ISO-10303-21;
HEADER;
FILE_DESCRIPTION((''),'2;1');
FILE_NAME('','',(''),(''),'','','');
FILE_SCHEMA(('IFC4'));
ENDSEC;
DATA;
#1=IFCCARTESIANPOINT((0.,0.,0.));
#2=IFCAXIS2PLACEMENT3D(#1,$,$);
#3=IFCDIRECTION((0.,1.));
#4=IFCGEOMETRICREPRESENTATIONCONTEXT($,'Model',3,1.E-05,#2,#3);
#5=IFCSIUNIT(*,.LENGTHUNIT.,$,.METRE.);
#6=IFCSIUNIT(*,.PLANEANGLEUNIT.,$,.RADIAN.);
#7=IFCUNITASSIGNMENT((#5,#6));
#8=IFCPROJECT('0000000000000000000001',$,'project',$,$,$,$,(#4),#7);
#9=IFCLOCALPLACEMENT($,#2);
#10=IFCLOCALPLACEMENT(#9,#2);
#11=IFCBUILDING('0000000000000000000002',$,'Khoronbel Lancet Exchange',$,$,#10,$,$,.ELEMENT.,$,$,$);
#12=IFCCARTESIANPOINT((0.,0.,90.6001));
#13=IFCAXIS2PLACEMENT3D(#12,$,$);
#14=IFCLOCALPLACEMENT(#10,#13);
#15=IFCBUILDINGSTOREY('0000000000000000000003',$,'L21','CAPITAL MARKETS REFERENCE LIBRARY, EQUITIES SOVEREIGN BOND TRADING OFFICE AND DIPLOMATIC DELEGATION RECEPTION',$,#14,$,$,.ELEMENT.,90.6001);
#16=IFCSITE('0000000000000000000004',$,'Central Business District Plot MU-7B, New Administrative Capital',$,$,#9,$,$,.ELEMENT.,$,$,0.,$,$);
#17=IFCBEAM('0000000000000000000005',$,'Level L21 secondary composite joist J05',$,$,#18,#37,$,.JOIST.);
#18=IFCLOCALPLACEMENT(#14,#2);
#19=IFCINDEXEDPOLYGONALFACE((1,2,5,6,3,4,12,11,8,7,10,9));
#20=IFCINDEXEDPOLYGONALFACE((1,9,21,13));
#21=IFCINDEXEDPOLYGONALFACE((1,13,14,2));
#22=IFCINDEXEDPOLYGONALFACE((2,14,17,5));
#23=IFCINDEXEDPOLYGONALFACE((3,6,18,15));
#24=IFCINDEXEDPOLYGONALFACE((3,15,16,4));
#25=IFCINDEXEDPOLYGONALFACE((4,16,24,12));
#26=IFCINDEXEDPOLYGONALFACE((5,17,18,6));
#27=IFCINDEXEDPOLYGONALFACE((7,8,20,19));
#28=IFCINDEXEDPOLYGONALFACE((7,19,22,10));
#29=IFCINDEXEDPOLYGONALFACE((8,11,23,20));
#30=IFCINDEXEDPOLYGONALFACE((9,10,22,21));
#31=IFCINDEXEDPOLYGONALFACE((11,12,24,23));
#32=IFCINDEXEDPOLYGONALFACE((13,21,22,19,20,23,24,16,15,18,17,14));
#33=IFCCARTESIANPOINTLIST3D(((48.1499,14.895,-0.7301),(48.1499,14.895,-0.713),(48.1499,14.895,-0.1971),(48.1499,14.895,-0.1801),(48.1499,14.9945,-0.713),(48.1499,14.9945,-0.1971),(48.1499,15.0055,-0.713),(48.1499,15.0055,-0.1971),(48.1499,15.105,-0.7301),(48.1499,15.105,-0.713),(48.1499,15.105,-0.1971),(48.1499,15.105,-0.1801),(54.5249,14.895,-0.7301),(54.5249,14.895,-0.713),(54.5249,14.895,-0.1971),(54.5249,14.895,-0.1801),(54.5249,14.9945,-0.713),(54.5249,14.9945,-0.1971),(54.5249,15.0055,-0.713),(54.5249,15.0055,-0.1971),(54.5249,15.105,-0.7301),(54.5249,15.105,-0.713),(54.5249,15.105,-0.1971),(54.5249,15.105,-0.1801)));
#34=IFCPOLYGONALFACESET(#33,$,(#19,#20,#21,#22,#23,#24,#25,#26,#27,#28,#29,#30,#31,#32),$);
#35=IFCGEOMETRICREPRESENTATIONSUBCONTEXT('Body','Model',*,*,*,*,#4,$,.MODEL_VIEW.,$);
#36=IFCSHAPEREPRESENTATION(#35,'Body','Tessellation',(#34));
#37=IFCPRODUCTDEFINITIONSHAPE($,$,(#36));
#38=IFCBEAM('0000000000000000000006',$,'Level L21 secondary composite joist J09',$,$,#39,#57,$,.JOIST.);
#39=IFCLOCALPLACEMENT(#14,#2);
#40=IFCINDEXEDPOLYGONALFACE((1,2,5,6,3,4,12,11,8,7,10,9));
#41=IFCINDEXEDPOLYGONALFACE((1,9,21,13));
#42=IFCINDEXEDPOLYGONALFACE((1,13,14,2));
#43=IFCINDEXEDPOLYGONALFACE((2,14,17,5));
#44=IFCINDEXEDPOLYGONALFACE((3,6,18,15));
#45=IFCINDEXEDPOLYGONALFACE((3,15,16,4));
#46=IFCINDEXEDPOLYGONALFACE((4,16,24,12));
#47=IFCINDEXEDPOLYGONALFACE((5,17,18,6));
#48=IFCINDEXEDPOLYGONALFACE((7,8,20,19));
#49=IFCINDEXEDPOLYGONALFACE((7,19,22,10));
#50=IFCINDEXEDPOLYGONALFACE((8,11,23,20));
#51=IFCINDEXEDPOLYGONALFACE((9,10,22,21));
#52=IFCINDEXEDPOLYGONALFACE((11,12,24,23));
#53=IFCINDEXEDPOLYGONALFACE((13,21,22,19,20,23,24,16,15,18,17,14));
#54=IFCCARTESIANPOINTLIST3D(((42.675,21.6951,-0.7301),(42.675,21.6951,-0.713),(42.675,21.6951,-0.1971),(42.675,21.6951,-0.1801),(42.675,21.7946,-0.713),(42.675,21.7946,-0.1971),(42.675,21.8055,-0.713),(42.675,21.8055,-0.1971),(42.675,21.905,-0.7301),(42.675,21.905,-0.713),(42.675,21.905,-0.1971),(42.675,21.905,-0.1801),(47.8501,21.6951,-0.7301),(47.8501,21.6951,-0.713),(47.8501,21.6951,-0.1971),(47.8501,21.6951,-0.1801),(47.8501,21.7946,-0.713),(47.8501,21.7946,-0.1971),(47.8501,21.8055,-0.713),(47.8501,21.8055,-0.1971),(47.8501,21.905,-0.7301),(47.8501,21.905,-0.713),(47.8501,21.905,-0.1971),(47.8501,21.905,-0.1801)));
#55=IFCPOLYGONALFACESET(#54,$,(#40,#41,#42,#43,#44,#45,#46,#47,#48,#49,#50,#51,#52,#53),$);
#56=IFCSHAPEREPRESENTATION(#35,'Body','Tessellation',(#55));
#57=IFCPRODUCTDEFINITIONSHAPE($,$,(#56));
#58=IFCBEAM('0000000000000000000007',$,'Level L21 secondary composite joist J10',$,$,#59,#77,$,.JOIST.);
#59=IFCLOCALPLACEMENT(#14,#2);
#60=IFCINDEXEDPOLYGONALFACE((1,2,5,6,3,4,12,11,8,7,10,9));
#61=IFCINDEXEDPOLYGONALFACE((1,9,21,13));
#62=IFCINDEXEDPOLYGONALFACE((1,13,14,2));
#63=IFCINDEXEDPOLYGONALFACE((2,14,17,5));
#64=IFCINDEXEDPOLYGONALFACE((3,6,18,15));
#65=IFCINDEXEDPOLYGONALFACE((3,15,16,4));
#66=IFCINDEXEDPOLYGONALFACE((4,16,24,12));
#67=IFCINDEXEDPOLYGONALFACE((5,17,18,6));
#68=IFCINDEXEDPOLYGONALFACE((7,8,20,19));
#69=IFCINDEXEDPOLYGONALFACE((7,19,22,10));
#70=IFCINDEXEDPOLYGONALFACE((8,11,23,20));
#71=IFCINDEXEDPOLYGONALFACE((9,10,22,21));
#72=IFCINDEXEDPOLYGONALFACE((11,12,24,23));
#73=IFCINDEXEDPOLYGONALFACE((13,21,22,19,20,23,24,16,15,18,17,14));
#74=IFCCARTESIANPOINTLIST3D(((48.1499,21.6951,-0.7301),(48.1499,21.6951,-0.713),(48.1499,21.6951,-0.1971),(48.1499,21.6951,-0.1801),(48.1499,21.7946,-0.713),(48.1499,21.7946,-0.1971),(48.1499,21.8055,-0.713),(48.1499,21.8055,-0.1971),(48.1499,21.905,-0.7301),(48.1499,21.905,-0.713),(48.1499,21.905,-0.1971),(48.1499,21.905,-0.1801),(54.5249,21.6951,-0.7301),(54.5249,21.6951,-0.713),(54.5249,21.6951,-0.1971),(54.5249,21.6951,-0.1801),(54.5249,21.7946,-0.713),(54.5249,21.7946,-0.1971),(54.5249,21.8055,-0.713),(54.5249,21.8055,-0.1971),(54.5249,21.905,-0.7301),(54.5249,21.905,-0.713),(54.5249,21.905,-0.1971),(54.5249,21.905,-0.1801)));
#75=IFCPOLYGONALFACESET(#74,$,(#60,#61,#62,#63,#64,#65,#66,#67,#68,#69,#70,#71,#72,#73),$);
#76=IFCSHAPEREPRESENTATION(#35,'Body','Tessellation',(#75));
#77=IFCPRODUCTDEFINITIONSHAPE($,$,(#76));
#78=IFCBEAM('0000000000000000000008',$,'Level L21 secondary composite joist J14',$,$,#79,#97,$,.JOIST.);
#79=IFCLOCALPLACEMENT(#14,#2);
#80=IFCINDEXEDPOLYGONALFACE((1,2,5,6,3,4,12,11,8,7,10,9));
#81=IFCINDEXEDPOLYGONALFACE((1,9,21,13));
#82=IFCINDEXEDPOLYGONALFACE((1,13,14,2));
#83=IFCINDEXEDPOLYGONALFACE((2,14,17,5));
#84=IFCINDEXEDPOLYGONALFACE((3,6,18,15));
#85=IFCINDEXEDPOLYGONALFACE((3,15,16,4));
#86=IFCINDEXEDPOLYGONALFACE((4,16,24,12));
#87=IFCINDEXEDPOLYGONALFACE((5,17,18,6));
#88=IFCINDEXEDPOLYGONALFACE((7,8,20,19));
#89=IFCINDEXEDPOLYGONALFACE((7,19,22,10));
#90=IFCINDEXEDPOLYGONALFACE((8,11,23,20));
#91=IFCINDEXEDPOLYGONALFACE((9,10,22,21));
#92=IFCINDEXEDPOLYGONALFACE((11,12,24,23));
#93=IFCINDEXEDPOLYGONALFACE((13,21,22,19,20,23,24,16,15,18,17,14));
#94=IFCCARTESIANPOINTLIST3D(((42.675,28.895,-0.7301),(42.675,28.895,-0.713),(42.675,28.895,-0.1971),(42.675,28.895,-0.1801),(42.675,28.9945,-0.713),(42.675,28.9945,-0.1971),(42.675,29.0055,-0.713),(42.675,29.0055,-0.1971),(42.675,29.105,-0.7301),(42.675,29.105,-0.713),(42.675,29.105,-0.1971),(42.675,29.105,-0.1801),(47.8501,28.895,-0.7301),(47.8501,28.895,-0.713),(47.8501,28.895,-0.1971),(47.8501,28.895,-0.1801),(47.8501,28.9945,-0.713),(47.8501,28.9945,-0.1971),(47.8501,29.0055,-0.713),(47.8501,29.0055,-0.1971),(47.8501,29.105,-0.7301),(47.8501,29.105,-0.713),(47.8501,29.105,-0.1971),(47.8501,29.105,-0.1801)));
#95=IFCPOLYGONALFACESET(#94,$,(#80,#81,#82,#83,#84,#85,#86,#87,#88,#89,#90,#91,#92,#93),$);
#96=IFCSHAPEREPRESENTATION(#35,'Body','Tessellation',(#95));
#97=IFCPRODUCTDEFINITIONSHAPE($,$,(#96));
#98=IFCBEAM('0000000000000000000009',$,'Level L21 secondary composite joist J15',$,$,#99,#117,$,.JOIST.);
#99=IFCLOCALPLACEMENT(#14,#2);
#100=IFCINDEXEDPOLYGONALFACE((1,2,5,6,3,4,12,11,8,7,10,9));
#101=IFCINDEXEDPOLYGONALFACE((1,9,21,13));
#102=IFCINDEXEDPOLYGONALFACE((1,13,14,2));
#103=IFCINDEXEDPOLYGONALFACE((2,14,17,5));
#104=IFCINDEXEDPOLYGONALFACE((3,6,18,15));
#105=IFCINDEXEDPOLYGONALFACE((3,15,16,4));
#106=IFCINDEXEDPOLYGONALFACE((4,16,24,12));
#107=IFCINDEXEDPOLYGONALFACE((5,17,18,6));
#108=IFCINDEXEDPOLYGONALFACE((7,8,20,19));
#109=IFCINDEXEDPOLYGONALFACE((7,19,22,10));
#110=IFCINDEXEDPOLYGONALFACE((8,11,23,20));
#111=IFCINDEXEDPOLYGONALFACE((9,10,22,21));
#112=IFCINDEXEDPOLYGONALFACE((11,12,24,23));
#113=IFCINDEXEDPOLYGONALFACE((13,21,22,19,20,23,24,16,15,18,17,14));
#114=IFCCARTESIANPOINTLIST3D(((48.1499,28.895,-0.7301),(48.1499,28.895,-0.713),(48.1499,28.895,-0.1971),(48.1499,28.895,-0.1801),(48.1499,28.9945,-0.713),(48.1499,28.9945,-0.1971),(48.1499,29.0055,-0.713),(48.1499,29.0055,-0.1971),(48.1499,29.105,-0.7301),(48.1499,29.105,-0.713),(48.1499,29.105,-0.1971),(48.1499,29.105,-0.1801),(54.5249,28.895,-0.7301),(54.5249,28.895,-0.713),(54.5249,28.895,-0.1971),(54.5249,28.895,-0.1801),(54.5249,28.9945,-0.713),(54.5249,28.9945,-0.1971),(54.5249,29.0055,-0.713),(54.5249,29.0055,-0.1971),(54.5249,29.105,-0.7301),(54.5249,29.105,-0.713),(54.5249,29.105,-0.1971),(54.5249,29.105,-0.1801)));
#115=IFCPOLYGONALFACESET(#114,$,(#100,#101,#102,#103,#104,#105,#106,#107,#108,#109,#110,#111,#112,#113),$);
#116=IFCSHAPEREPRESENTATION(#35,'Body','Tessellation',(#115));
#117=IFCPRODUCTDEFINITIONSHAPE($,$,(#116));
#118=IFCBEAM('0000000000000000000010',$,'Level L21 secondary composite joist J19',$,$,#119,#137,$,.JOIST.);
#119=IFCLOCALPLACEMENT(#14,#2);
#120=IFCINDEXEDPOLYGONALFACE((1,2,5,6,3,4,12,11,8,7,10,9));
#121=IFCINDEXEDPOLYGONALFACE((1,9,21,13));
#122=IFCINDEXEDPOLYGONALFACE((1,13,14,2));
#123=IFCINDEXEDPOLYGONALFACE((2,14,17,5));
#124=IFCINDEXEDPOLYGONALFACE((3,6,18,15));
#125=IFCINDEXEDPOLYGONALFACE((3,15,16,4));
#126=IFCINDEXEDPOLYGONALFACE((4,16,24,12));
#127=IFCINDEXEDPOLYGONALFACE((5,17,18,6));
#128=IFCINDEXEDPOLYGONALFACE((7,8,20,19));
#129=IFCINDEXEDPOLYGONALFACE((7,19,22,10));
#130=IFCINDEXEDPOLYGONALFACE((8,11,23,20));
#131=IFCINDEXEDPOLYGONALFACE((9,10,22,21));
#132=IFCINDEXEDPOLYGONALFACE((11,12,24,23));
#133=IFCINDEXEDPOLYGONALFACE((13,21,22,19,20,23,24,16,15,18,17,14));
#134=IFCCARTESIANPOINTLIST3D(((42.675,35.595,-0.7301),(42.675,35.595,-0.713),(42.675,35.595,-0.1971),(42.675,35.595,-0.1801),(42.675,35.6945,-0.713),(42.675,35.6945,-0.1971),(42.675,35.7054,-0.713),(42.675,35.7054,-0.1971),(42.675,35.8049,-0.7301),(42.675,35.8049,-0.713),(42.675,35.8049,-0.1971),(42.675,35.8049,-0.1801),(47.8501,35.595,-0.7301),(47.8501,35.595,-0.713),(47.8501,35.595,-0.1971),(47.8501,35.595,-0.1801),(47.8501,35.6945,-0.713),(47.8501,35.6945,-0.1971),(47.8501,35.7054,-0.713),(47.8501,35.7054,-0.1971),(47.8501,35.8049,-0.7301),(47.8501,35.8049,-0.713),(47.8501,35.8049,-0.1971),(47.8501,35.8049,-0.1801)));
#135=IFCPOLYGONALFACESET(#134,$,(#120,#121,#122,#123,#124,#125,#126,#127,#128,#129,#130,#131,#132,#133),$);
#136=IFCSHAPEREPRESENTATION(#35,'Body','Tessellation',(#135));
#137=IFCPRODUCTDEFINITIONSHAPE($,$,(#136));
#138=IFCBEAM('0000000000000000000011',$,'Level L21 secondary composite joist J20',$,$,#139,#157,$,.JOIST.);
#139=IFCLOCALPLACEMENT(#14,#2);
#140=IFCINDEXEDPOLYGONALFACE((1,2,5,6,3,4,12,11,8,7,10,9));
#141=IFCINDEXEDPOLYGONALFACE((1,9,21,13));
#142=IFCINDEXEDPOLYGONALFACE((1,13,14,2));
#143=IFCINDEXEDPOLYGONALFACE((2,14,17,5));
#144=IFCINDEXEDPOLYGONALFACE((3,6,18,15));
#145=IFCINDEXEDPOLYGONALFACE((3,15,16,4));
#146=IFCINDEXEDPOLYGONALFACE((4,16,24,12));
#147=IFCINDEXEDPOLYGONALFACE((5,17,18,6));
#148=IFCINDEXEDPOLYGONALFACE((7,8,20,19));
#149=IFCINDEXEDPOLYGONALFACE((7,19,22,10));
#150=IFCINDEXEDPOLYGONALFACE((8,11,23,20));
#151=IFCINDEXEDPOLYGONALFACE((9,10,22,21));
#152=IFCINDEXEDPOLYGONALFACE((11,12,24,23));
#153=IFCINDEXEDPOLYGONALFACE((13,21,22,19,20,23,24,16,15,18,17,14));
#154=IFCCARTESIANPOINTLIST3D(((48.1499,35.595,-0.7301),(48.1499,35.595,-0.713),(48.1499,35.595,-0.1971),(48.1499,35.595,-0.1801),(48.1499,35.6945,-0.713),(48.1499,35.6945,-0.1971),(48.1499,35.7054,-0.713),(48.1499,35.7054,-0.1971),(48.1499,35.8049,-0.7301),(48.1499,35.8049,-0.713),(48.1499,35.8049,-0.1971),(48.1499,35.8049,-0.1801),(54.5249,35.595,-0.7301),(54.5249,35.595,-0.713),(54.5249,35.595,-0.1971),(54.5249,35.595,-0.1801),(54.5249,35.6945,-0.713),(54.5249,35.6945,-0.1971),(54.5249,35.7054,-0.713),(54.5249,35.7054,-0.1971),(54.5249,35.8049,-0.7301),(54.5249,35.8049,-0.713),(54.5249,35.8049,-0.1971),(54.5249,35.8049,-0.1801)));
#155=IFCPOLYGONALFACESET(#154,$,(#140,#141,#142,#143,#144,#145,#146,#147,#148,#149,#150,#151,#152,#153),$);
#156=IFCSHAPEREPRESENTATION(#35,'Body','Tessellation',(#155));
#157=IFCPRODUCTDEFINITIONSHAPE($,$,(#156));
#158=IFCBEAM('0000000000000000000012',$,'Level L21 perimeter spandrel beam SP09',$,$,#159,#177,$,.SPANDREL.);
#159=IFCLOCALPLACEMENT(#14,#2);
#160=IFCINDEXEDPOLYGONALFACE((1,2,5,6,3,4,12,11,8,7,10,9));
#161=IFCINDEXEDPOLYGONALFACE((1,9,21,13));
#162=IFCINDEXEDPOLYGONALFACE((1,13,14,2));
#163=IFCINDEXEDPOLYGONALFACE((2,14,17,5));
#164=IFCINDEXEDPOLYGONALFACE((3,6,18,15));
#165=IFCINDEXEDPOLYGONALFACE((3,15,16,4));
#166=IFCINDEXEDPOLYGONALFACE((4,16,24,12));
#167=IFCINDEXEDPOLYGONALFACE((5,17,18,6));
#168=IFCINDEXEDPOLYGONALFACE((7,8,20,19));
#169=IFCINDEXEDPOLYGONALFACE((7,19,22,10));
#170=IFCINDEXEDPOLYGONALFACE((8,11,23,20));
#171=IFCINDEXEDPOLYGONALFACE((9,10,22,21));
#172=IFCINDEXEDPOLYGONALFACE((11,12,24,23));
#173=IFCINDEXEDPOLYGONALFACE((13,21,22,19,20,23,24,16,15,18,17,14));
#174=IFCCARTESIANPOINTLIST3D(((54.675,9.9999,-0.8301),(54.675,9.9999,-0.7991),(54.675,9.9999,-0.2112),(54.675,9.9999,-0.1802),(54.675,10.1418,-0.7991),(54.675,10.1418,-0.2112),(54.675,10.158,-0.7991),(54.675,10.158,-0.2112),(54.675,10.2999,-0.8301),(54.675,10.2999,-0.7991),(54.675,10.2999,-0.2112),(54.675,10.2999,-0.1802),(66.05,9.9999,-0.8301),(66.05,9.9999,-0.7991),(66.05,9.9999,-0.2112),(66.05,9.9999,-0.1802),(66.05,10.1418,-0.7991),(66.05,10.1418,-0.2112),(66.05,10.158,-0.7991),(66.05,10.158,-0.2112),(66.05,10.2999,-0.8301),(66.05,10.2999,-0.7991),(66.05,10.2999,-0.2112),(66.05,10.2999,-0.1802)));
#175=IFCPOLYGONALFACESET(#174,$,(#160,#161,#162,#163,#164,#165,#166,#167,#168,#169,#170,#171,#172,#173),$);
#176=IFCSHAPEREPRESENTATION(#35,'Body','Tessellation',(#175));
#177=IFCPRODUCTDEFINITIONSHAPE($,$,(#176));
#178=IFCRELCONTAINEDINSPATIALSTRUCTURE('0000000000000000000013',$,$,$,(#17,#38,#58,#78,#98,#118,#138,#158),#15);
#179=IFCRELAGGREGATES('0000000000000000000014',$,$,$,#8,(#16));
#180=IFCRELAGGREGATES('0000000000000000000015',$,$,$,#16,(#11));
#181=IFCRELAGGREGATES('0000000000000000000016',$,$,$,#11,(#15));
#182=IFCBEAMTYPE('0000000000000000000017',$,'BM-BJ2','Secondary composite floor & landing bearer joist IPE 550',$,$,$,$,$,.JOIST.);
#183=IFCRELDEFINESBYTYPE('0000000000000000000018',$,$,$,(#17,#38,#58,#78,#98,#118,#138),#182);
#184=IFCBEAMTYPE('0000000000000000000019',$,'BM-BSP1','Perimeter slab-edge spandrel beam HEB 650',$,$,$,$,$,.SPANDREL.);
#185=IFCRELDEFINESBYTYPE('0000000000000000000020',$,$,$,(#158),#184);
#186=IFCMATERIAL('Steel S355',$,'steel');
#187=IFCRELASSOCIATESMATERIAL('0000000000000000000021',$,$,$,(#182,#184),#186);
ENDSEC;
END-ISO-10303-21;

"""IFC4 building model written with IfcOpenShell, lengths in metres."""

from ifc_helpers import new_model, si_unit, direction, frame, origin, origin_2d, place, context, subcontext, project, spatial, i_section, extrude, material, material_profile, profile_set, type_object, element, save


model = new_model("IFC4")

# Units and contexts
model_context = context("Model", 3, precision=1e-05, world=origin(), true_north=direction((0.0, 1.0)))
body_context = subcontext(model_context, "Body", "Model", "MODEL_VIEW")
ifc_project = project(units=[si_unit("LENGTHUNIT", "METRE"), si_unit("PLANEANGLEUNIT", "RADIAN")], contexts=[model_context])

# Site, building, storey
site_placement = place(None, origin())
site = spatial("IfcSite", under=ifc_project, at=site_placement, Name="Central Business District Plot MU-7B, New Administrative Capital", CompositionType="ELEMENT", RefElevation=0.0)
building_placement = place(site_placement, origin())
building = spatial("IfcBuilding", under=site, at=building_placement, Name="Khoronbel Lancet Exchange", CompositionType="ELEMENT")
storey_placement = place(building_placement, frame((0.0, 0.0, 90.6001)))
storey = spatial("IfcBuildingStorey", under=building, at=storey_placement, Name="L21", Description="CAPITAL MARKETS REFERENCE LIBRARY, EQUITIES SOVEREIGN BOND TRADING OFFICE AND DIPLOMATIC DELEGATION RECEPTION", CompositionType="ELEMENT", Elevation=90.6001)

# Beams
ifc_material_1 = material(Name="Steel S355", Category="steel")
ifc_material_profile_1 = material_profile(ifc_material_1, i_section(OverallWidth=0.21, OverallDepth=0.55, WebThickness=0.011, FlangeThickness=0.0171, at=origin_2d()), Name="IPE 550")
ifc_profile_set_1 = profile_set([ifc_material_profile_1], Name="Steel S355")
beam_type_1 = type_object("IfcBeamType", Name="BM-BJ2", Description="Secondary composite floor & landing bearer joist IPE 550", PredefinedType="JOIST", material=ifc_profile_set_1)
beam_1_placement = place(storey_placement, frame((48.1499, 15.0, -0.4551), z_axis=(1.0, 0.0, 0.0), x_axis=(0.0, 1.0, 0.0)))
element("IfcBeam", 1, at=beam_1_placement, inside=storey, type_object=beam_type_1, Name="Level L21 secondary composite joist J05", PredefinedType="JOIST", context=body_context, shape_type="SweptSolid", body=[
    extrude(i_section(OverallWidth=0.21, OverallDepth=0.55, WebThickness=0.011, FlangeThickness=0.0171, at=origin_2d()), origin(), (0.0, 0.0, 1.0), 6.375),
])
beam_2_placement = place(storey_placement, frame((42.675, 21.8, -0.4551), z_axis=(1.0, 0.0, 0.0), x_axis=(0.0, 1.0, 0.0)))
element("IfcBeam", 2, at=beam_2_placement, inside=storey, type_object=beam_type_1, Name="Level L21 secondary composite joist J09", PredefinedType="JOIST", context=body_context, shape_type="SweptSolid", body=[
    extrude(i_section(OverallWidth=0.21, OverallDepth=0.55, WebThickness=0.011, FlangeThickness=0.0171, at=origin_2d()), origin(), (0.0, 0.0, 1.0), 5.175),
])
beam_3_placement = place(storey_placement, frame((48.1499, 21.8, -0.4551), z_axis=(1.0, 0.0, 0.0), x_axis=(0.0, 1.0, 0.0)))
element("IfcBeam", 3, at=beam_3_placement, inside=storey, type_object=beam_type_1, Name="Level L21 secondary composite joist J10", PredefinedType="JOIST", context=body_context, shape_type="SweptSolid", body=[
    extrude(i_section(OverallWidth=0.21, OverallDepth=0.55, WebThickness=0.011, FlangeThickness=0.0171, at=origin_2d()), origin(), (0.0, 0.0, 1.0), 6.375),
])
beam_4_placement = place(storey_placement, frame((42.675, 29.0, -0.4551), z_axis=(1.0, 0.0, 0.0), x_axis=(0.0, 1.0, 0.0)))
element("IfcBeam", 4, at=beam_4_placement, inside=storey, type_object=beam_type_1, Name="Level L21 secondary composite joist J14", PredefinedType="JOIST", context=body_context, shape_type="SweptSolid", body=[
    extrude(i_section(OverallWidth=0.21, OverallDepth=0.55, WebThickness=0.011, FlangeThickness=0.0171, at=origin_2d()), origin(), (0.0, 0.0, 1.0), 5.175),
])
beam_5_placement = place(storey_placement, frame((48.1499, 29.0, -0.4551), z_axis=(1.0, 0.0, 0.0), x_axis=(0.0, 1.0, 0.0)))
element("IfcBeam", 5, at=beam_5_placement, inside=storey, type_object=beam_type_1, Name="Level L21 secondary composite joist J15", PredefinedType="JOIST", context=body_context, shape_type="SweptSolid", body=[
    extrude(i_section(OverallWidth=0.21, OverallDepth=0.55, WebThickness=0.011, FlangeThickness=0.0171, at=origin_2d()), origin(), (0.0, 0.0, 1.0), 6.375),
])
beam_6_placement = place(storey_placement, frame((42.675, 35.7, -0.4551), z_axis=(1.0, 0.0, 0.0), x_axis=(0.0, 1.0, 0.0)))
element("IfcBeam", 6, at=beam_6_placement, inside=storey, type_object=beam_type_1, Name="Level L21 secondary composite joist J19", PredefinedType="JOIST", context=body_context, shape_type="SweptSolid", body=[
    extrude(i_section(OverallWidth=0.21, OverallDepth=0.55, WebThickness=0.011, FlangeThickness=0.0171, at=origin_2d()), origin(), (0.0, 0.0, 1.0), 5.175),
])
beam_7_placement = place(storey_placement, frame((48.1499, 35.7, -0.4551), z_axis=(1.0, 0.0, 0.0), x_axis=(0.0, 1.0, 0.0)))
element("IfcBeam", 7, at=beam_7_placement, inside=storey, type_object=beam_type_1, Name="Level L21 secondary composite joist J20", PredefinedType="JOIST", context=body_context, shape_type="SweptSolid", body=[
    extrude(i_section(OverallWidth=0.21, OverallDepth=0.55, WebThickness=0.011, FlangeThickness=0.0171, at=origin_2d()), origin(), (0.0, 0.0, 1.0), 6.375),
])
ifc_material_profile_2 = material_profile(ifc_material_1, i_section(OverallWidth=0.3, OverallDepth=0.6499, WebThickness=0.0161, FlangeThickness=0.031, at=origin_2d()), Name="HEB 650")
ifc_profile_set_2 = profile_set([ifc_material_profile_2], Name="Steel S355")
beam_type_2 = type_object("IfcBeamType", Name="BM-BSP1", Description="Perimeter slab-edge spandrel beam HEB 650", PredefinedType="SPANDREL", material=ifc_profile_set_2)
beam_8_placement = place(storey_placement, frame((54.675, 10.1499, -0.5051), z_axis=(1.0, 0.0, 0.0), x_axis=(0.0, 1.0, 0.0)))
element("IfcBeam", 8, at=beam_8_placement, inside=storey, type_object=beam_type_2, Name="Level L21 perimeter spandrel beam SP09", PredefinedType="SPANDREL", context=body_context, shape_type="SweptSolid", body=[
    extrude(i_section(OverallWidth=0.3, OverallDepth=0.6499, WebThickness=0.0161, FlangeThickness=0.031, at=origin_2d()), origin(), (0.0, 0.0, 1.0), 11.375),
])

save(model, "model.ifc")
